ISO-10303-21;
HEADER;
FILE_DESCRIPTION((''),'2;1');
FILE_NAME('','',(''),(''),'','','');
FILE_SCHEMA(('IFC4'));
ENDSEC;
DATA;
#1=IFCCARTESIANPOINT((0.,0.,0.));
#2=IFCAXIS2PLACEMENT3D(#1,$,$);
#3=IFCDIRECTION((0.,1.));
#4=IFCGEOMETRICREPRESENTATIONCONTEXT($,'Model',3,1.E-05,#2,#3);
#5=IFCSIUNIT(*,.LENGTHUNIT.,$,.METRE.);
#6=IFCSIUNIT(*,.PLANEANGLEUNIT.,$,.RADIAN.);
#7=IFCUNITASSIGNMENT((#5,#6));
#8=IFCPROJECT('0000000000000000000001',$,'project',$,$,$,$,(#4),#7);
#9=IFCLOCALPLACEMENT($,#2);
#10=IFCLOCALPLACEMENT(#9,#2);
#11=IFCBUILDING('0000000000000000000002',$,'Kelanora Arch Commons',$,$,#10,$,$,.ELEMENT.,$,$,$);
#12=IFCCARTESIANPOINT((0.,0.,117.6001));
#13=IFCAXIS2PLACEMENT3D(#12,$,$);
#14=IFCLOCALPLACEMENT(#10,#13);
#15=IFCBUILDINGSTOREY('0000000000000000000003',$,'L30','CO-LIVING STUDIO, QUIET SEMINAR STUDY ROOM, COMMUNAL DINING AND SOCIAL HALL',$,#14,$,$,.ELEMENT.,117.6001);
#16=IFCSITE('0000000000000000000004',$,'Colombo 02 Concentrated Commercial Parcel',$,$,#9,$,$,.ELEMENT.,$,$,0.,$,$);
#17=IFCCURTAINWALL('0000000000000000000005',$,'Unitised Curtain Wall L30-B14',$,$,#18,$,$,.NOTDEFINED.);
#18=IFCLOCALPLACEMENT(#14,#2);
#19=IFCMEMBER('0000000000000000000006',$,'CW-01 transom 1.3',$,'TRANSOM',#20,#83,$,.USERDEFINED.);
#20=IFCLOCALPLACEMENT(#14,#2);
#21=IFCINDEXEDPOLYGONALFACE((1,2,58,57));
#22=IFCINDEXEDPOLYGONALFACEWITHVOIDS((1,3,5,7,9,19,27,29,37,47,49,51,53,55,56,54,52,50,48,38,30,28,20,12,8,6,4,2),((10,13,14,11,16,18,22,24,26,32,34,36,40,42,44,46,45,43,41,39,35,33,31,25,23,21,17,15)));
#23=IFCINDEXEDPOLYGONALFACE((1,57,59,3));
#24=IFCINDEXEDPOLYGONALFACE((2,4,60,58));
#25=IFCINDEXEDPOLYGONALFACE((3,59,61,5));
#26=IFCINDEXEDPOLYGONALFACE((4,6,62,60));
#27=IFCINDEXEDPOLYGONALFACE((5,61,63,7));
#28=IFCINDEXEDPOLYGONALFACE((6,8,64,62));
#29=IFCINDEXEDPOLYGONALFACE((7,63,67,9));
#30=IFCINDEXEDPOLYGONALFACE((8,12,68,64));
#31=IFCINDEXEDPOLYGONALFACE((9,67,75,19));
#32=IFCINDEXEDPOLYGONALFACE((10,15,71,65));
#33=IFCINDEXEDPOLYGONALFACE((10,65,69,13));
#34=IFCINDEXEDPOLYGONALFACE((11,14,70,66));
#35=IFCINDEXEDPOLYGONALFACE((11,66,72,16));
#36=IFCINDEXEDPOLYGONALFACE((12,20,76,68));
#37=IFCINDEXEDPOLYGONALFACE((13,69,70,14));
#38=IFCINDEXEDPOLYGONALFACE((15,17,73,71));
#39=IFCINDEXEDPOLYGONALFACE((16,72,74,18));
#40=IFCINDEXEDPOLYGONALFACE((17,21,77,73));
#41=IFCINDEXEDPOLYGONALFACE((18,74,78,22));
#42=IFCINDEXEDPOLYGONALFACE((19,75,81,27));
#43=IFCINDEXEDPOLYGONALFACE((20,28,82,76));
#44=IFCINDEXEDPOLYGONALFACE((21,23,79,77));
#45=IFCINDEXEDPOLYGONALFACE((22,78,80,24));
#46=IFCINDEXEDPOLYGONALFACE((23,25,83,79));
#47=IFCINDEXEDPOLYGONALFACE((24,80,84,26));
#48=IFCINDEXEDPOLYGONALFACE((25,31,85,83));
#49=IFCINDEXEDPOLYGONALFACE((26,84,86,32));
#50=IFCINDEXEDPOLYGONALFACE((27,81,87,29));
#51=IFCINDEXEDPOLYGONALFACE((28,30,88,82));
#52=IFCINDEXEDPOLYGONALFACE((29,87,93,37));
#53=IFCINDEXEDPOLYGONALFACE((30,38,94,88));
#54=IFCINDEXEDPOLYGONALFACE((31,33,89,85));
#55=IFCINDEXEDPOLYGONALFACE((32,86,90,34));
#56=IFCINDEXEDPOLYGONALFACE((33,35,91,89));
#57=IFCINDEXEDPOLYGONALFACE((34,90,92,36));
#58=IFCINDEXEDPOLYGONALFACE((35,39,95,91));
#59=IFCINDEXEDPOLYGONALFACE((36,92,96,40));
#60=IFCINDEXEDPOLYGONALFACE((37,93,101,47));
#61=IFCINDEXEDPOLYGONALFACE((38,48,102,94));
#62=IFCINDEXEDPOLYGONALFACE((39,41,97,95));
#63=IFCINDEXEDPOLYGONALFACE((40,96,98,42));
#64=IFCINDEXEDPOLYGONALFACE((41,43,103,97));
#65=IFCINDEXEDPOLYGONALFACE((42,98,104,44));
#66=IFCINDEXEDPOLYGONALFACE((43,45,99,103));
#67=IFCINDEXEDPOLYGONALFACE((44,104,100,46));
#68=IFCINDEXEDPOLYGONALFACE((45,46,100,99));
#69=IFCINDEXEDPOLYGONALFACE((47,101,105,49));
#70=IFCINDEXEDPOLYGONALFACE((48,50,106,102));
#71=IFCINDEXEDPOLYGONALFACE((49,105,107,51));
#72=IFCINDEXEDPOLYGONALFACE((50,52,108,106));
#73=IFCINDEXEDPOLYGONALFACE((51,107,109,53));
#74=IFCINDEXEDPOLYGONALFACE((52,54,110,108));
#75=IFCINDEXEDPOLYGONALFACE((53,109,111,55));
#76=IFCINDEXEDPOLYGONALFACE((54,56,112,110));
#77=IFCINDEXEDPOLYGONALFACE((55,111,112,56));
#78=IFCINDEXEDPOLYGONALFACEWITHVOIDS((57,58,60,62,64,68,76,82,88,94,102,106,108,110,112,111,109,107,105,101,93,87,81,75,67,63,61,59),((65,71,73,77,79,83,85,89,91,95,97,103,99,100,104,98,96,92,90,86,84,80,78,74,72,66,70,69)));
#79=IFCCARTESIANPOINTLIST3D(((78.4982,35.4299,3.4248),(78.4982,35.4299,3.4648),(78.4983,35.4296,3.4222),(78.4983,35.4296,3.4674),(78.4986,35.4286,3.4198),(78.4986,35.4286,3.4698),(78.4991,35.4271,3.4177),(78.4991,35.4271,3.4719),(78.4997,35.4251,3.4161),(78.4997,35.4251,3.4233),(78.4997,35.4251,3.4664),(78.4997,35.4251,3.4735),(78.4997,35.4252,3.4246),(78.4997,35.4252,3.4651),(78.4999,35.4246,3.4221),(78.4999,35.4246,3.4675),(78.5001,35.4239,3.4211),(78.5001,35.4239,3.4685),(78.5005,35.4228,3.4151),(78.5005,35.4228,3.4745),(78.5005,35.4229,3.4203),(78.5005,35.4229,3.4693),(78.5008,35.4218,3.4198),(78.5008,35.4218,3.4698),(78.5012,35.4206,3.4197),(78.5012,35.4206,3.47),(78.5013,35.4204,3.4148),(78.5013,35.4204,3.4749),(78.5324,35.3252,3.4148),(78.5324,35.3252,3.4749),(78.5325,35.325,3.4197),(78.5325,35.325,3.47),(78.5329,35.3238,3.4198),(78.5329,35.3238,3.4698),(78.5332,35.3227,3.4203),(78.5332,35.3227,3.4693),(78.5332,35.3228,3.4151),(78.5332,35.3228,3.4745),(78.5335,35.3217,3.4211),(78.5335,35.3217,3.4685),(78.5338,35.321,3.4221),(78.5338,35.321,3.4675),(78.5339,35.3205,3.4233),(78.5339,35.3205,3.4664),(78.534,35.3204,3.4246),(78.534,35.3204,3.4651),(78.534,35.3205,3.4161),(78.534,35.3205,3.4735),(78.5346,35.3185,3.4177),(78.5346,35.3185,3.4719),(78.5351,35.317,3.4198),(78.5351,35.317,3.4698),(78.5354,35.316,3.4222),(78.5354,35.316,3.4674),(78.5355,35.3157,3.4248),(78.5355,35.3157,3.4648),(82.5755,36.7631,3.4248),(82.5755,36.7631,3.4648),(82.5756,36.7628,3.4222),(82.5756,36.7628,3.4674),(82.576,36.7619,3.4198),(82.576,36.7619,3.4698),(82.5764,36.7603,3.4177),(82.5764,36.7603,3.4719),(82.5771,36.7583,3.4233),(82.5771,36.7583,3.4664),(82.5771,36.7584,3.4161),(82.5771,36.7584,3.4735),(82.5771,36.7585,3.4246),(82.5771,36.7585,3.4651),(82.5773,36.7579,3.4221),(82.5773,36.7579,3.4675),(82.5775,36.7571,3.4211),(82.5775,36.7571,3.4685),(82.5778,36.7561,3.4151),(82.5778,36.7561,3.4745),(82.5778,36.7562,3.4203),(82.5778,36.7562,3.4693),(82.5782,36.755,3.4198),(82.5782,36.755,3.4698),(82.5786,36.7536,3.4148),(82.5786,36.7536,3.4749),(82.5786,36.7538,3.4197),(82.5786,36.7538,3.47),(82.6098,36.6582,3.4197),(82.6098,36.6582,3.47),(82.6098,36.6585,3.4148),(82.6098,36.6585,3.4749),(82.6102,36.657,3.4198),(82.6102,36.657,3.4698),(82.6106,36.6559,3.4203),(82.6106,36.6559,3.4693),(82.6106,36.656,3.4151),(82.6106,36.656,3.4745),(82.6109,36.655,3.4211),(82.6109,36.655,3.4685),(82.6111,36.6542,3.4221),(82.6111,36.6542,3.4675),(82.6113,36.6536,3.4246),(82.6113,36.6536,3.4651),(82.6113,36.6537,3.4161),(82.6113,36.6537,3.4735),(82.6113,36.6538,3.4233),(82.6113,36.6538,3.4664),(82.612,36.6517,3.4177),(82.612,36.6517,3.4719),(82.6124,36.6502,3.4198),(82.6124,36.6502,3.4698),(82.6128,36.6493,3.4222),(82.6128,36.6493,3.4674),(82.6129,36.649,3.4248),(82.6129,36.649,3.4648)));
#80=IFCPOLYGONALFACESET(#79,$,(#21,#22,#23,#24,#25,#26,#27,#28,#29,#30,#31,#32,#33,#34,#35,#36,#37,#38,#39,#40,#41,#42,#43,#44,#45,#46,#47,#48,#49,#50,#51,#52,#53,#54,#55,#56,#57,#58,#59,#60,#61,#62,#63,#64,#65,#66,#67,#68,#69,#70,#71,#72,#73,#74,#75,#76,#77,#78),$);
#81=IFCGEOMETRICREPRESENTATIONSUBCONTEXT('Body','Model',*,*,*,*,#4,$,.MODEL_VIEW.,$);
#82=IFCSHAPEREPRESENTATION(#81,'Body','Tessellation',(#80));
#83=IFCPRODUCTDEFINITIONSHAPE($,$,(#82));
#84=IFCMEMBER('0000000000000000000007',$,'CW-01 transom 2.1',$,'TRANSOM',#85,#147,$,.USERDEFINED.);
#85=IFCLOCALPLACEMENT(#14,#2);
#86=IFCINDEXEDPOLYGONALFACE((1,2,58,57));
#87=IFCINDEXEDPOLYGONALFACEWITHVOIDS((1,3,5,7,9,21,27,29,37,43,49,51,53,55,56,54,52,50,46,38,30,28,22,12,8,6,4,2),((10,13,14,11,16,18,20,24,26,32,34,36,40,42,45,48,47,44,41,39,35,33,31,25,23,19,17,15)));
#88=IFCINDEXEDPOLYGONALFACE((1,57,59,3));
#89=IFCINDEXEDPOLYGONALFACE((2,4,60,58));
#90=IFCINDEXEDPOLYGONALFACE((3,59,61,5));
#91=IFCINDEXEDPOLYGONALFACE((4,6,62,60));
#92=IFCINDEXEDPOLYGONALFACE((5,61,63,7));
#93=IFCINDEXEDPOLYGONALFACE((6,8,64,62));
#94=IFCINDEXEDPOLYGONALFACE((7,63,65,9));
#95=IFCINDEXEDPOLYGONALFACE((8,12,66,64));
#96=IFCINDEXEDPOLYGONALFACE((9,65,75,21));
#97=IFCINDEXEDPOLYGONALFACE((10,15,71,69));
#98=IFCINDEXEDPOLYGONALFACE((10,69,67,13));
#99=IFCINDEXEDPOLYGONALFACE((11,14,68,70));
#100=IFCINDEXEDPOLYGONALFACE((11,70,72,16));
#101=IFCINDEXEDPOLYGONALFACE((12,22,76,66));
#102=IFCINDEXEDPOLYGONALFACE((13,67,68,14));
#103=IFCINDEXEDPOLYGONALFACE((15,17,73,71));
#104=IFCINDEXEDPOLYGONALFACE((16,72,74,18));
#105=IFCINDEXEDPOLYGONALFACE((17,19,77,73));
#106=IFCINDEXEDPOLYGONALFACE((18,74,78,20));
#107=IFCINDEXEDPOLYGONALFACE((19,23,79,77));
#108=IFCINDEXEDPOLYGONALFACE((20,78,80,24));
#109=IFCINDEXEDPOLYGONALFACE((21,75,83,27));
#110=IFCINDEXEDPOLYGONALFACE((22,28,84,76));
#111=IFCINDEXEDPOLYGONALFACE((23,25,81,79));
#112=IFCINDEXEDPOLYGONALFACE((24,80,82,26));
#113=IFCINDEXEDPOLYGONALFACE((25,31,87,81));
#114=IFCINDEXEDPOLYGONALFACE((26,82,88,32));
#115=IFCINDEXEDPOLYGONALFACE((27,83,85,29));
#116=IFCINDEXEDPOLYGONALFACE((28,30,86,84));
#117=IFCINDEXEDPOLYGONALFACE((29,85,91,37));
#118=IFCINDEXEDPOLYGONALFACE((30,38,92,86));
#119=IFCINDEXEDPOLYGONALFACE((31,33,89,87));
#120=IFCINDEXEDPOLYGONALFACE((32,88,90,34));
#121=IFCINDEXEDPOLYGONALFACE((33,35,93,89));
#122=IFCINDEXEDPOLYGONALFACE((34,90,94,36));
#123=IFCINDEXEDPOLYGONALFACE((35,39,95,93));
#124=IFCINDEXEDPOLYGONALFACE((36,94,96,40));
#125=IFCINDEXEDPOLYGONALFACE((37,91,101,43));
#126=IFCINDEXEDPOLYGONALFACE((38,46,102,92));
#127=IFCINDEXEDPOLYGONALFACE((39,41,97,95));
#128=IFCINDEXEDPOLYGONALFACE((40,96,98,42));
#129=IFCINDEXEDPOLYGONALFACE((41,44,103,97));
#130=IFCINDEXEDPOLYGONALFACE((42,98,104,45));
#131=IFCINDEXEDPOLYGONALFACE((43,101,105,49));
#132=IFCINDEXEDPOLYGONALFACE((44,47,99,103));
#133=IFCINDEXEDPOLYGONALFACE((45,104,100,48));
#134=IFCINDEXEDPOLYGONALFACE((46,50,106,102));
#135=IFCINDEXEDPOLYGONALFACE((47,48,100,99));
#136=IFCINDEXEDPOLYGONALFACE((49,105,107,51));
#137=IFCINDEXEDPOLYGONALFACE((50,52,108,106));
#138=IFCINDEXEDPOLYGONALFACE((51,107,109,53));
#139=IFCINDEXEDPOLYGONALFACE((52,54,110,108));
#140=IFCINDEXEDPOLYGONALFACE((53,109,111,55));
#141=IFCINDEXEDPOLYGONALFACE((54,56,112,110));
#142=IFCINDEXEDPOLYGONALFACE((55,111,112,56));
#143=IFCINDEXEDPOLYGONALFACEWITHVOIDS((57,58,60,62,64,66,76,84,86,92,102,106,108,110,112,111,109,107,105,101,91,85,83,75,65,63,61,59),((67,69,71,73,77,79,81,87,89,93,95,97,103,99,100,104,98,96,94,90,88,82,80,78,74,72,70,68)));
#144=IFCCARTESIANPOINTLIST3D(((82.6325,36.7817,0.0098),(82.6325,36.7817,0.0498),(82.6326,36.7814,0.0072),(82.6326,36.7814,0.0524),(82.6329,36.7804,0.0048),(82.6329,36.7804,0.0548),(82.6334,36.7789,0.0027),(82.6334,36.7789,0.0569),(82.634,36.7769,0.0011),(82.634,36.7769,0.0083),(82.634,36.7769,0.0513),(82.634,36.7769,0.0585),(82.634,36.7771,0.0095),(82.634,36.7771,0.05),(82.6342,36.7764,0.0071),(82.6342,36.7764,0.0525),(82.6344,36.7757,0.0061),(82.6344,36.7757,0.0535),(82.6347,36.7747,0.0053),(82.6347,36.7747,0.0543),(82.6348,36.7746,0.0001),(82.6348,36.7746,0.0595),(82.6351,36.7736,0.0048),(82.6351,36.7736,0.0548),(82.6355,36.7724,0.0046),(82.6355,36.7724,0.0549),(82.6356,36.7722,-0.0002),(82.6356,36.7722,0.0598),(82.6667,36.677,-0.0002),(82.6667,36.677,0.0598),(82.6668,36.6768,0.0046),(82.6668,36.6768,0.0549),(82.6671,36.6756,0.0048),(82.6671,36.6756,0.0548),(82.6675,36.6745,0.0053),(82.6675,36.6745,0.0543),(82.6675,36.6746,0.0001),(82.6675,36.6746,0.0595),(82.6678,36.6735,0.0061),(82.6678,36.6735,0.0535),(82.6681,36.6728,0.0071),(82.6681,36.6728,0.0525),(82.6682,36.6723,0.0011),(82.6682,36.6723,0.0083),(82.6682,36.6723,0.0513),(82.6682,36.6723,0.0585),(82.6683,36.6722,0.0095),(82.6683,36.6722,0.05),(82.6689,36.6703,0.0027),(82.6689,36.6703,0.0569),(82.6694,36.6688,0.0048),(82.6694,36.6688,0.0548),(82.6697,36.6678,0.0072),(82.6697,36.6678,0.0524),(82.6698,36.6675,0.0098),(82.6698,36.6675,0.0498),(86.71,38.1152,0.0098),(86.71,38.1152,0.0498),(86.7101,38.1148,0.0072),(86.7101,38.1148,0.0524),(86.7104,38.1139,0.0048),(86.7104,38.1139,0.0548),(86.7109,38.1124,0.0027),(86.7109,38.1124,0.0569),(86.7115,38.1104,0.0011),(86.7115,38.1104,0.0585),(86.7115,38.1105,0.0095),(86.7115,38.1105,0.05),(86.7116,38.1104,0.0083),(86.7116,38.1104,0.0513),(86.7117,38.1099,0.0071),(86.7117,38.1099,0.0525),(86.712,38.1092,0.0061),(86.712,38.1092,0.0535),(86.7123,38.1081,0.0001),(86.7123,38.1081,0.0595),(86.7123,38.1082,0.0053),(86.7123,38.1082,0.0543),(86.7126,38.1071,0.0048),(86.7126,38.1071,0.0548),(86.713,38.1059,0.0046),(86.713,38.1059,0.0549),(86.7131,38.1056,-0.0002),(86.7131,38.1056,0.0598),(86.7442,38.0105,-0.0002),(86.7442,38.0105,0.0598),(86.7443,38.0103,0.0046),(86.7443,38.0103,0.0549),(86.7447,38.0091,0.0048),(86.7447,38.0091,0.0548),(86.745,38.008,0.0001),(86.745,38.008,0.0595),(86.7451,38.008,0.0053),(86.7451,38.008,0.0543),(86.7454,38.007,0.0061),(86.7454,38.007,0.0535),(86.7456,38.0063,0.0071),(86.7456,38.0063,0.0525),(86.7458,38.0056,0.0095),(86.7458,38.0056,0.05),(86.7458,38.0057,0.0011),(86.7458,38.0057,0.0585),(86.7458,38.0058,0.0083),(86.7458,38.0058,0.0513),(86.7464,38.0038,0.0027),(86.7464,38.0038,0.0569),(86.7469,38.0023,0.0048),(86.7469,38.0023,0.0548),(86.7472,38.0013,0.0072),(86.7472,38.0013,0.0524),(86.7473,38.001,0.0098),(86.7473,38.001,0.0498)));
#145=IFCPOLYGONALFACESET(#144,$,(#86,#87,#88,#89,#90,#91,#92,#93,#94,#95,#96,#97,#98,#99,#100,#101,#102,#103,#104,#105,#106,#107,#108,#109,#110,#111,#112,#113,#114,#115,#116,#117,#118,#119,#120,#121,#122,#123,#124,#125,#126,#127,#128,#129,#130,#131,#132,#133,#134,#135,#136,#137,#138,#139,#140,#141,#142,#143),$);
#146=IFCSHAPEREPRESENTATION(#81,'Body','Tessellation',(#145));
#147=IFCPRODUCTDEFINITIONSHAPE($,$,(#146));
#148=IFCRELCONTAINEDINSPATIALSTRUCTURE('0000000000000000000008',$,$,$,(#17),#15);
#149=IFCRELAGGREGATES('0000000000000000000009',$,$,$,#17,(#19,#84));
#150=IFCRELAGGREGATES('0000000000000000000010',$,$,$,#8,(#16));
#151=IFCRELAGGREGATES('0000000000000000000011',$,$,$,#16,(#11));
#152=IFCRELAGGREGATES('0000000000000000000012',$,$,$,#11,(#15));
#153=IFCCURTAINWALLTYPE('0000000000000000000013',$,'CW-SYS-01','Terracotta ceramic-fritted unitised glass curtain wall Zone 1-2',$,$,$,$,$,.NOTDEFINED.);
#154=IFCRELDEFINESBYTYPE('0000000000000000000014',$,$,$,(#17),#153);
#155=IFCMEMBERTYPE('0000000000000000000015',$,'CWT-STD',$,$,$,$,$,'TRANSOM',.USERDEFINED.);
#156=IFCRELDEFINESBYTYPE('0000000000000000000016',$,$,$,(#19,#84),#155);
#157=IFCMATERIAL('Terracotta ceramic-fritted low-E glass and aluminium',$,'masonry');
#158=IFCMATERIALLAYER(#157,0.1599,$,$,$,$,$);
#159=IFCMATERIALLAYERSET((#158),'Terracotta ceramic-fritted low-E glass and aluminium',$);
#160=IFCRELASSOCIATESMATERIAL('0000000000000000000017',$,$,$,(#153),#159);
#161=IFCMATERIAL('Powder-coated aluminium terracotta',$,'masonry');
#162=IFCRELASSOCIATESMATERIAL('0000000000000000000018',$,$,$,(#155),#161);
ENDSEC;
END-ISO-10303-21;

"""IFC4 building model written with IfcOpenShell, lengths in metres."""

from ifc_helpers import new_model, si_unit, direction, frame, origin, origin_2d, place, context, subcontext, project, spatial, hollow_rectangle, extrude, material, layer, layer_set, material_profile, profile_set, type_object, element, aggregate, save


model = new_model("IFC4")

# Units and contexts
model_context = context("Model", 3, precision=1e-05, world=origin(), true_north=direction((0.0, 1.0)))
body_context = subcontext(model_context, "Body", "Model", "MODEL_VIEW")
ifc_project = project(units=[si_unit("LENGTHUNIT", "METRE"), si_unit("PLANEANGLEUNIT", "RADIAN")], contexts=[model_context])

# Site, building, storey
site_placement = place(None, origin())
site = spatial("IfcSite", under=ifc_project, at=site_placement, Name="Colombo 02 Concentrated Commercial Parcel", CompositionType="ELEMENT", RefElevation=0.0)
building_placement = place(site_placement, origin())
building = spatial("IfcBuilding", under=site, at=building_placement, Name="Kelanora Arch Commons", CompositionType="ELEMENT")
storey_placement = place(building_placement, frame((0.0, 0.0, 117.6001)))
storey = spatial("IfcBuildingStorey", under=building, at=storey_placement, Name="L30", Description="CO-LIVING STUDIO, QUIET SEMINAR STUDY ROOM, COMMUNAL DINING AND SOCIAL HALL", CompositionType="ELEMENT", Elevation=117.6001)

# Curtain wall, members
ifc_material_1 = material(Name="Terracotta ceramic-fritted low-E glass and aluminium", Category="masonry")
ifc_layer_1 = layer(ifc_material_1, 0.1599)
ifc_layer_set_1 = layer_set([ifc_layer_1], Name="Terracotta ceramic-fritted low-E glass and aluminium")
curtain_wall_type = type_object("IfcCurtainWallType", Name="CW-SYS-01", Description="Terracotta ceramic-fritted unitised glass curtain wall Zone 1-2", PredefinedType="NOTDEFINED", material=ifc_layer_set_1)
curtain_wall_placement = place(storey_placement, origin())
curtain_wall = element("IfcCurtainWall", 1, at=curtain_wall_placement, inside=storey, type_object=curtain_wall_type, Name="Unitised Curtain Wall L30-B14", PredefinedType="NOTDEFINED")
ifc_material_2 = material(Name="Powder-coated aluminium terracotta", Category="masonry")
ifc_material_profile_1 = material_profile(ifc_material_2, hollow_rectangle(XDim=0.1201, YDim=0.0601, WallThickness=0.0049, InnerFilletRadius=0.0049, OuterFilletRadius=0.01, at=origin_2d()), Name="CWT120x60")
ifc_profile_set_1 = profile_set([ifc_material_profile_1], Name="Powder-coated aluminium terracotta")
member_type_1 = type_object("IfcMemberType", Name="CWT-STD", ElementType="TRANSOM", PredefinedType="USERDEFINED", material=ifc_profile_set_1)
member_1_placement = place(storey_placement, frame((78.5168, 35.3728, 3.4448), z_axis=(0.950478, 0.310793, 0.0), x_axis=(-0.310793, 0.950478, 0.0)))
member_1 = element("IfcMember", 2, at=member_1_placement, type_object=member_type_1, Name="CW-01 transom 1.3", ObjectType="TRANSOM", PredefinedType="USERDEFINED", context=body_context, shape_type="SweptSolid", body=[
    extrude(hollow_rectangle(XDim=0.1201, YDim=0.0601, WallThickness=0.0049, InnerFilletRadius=0.0049, OuterFilletRadius=0.01, at=origin_2d()), origin(), (0.0, 0.0, 1.0), 4.2898),
])
member_2_placement = place(storey_placement, frame((82.6511, 36.7246, 0.0298), z_axis=(0.950466, 0.310828, 0.0), x_axis=(-0.310828, 0.950466, 0.0)))
member_2 = element("IfcMember", 3, at=member_2_placement, type_object=member_type_1, Name="CW-01 transom 2.1", ObjectType="TRANSOM", PredefinedType="USERDEFINED", context=body_context, shape_type="SweptSolid", body=[
    extrude(hollow_rectangle(XDim=0.1201, YDim=0.0601, WallThickness=0.0049, InnerFilletRadius=0.0049, OuterFilletRadius=0.01, at=origin_2d()), origin(), (0.0, 0.0, 1.0), 4.29),
])
aggregate(curtain_wall, [member_1, member_2])

save(model, "model.ifc")
